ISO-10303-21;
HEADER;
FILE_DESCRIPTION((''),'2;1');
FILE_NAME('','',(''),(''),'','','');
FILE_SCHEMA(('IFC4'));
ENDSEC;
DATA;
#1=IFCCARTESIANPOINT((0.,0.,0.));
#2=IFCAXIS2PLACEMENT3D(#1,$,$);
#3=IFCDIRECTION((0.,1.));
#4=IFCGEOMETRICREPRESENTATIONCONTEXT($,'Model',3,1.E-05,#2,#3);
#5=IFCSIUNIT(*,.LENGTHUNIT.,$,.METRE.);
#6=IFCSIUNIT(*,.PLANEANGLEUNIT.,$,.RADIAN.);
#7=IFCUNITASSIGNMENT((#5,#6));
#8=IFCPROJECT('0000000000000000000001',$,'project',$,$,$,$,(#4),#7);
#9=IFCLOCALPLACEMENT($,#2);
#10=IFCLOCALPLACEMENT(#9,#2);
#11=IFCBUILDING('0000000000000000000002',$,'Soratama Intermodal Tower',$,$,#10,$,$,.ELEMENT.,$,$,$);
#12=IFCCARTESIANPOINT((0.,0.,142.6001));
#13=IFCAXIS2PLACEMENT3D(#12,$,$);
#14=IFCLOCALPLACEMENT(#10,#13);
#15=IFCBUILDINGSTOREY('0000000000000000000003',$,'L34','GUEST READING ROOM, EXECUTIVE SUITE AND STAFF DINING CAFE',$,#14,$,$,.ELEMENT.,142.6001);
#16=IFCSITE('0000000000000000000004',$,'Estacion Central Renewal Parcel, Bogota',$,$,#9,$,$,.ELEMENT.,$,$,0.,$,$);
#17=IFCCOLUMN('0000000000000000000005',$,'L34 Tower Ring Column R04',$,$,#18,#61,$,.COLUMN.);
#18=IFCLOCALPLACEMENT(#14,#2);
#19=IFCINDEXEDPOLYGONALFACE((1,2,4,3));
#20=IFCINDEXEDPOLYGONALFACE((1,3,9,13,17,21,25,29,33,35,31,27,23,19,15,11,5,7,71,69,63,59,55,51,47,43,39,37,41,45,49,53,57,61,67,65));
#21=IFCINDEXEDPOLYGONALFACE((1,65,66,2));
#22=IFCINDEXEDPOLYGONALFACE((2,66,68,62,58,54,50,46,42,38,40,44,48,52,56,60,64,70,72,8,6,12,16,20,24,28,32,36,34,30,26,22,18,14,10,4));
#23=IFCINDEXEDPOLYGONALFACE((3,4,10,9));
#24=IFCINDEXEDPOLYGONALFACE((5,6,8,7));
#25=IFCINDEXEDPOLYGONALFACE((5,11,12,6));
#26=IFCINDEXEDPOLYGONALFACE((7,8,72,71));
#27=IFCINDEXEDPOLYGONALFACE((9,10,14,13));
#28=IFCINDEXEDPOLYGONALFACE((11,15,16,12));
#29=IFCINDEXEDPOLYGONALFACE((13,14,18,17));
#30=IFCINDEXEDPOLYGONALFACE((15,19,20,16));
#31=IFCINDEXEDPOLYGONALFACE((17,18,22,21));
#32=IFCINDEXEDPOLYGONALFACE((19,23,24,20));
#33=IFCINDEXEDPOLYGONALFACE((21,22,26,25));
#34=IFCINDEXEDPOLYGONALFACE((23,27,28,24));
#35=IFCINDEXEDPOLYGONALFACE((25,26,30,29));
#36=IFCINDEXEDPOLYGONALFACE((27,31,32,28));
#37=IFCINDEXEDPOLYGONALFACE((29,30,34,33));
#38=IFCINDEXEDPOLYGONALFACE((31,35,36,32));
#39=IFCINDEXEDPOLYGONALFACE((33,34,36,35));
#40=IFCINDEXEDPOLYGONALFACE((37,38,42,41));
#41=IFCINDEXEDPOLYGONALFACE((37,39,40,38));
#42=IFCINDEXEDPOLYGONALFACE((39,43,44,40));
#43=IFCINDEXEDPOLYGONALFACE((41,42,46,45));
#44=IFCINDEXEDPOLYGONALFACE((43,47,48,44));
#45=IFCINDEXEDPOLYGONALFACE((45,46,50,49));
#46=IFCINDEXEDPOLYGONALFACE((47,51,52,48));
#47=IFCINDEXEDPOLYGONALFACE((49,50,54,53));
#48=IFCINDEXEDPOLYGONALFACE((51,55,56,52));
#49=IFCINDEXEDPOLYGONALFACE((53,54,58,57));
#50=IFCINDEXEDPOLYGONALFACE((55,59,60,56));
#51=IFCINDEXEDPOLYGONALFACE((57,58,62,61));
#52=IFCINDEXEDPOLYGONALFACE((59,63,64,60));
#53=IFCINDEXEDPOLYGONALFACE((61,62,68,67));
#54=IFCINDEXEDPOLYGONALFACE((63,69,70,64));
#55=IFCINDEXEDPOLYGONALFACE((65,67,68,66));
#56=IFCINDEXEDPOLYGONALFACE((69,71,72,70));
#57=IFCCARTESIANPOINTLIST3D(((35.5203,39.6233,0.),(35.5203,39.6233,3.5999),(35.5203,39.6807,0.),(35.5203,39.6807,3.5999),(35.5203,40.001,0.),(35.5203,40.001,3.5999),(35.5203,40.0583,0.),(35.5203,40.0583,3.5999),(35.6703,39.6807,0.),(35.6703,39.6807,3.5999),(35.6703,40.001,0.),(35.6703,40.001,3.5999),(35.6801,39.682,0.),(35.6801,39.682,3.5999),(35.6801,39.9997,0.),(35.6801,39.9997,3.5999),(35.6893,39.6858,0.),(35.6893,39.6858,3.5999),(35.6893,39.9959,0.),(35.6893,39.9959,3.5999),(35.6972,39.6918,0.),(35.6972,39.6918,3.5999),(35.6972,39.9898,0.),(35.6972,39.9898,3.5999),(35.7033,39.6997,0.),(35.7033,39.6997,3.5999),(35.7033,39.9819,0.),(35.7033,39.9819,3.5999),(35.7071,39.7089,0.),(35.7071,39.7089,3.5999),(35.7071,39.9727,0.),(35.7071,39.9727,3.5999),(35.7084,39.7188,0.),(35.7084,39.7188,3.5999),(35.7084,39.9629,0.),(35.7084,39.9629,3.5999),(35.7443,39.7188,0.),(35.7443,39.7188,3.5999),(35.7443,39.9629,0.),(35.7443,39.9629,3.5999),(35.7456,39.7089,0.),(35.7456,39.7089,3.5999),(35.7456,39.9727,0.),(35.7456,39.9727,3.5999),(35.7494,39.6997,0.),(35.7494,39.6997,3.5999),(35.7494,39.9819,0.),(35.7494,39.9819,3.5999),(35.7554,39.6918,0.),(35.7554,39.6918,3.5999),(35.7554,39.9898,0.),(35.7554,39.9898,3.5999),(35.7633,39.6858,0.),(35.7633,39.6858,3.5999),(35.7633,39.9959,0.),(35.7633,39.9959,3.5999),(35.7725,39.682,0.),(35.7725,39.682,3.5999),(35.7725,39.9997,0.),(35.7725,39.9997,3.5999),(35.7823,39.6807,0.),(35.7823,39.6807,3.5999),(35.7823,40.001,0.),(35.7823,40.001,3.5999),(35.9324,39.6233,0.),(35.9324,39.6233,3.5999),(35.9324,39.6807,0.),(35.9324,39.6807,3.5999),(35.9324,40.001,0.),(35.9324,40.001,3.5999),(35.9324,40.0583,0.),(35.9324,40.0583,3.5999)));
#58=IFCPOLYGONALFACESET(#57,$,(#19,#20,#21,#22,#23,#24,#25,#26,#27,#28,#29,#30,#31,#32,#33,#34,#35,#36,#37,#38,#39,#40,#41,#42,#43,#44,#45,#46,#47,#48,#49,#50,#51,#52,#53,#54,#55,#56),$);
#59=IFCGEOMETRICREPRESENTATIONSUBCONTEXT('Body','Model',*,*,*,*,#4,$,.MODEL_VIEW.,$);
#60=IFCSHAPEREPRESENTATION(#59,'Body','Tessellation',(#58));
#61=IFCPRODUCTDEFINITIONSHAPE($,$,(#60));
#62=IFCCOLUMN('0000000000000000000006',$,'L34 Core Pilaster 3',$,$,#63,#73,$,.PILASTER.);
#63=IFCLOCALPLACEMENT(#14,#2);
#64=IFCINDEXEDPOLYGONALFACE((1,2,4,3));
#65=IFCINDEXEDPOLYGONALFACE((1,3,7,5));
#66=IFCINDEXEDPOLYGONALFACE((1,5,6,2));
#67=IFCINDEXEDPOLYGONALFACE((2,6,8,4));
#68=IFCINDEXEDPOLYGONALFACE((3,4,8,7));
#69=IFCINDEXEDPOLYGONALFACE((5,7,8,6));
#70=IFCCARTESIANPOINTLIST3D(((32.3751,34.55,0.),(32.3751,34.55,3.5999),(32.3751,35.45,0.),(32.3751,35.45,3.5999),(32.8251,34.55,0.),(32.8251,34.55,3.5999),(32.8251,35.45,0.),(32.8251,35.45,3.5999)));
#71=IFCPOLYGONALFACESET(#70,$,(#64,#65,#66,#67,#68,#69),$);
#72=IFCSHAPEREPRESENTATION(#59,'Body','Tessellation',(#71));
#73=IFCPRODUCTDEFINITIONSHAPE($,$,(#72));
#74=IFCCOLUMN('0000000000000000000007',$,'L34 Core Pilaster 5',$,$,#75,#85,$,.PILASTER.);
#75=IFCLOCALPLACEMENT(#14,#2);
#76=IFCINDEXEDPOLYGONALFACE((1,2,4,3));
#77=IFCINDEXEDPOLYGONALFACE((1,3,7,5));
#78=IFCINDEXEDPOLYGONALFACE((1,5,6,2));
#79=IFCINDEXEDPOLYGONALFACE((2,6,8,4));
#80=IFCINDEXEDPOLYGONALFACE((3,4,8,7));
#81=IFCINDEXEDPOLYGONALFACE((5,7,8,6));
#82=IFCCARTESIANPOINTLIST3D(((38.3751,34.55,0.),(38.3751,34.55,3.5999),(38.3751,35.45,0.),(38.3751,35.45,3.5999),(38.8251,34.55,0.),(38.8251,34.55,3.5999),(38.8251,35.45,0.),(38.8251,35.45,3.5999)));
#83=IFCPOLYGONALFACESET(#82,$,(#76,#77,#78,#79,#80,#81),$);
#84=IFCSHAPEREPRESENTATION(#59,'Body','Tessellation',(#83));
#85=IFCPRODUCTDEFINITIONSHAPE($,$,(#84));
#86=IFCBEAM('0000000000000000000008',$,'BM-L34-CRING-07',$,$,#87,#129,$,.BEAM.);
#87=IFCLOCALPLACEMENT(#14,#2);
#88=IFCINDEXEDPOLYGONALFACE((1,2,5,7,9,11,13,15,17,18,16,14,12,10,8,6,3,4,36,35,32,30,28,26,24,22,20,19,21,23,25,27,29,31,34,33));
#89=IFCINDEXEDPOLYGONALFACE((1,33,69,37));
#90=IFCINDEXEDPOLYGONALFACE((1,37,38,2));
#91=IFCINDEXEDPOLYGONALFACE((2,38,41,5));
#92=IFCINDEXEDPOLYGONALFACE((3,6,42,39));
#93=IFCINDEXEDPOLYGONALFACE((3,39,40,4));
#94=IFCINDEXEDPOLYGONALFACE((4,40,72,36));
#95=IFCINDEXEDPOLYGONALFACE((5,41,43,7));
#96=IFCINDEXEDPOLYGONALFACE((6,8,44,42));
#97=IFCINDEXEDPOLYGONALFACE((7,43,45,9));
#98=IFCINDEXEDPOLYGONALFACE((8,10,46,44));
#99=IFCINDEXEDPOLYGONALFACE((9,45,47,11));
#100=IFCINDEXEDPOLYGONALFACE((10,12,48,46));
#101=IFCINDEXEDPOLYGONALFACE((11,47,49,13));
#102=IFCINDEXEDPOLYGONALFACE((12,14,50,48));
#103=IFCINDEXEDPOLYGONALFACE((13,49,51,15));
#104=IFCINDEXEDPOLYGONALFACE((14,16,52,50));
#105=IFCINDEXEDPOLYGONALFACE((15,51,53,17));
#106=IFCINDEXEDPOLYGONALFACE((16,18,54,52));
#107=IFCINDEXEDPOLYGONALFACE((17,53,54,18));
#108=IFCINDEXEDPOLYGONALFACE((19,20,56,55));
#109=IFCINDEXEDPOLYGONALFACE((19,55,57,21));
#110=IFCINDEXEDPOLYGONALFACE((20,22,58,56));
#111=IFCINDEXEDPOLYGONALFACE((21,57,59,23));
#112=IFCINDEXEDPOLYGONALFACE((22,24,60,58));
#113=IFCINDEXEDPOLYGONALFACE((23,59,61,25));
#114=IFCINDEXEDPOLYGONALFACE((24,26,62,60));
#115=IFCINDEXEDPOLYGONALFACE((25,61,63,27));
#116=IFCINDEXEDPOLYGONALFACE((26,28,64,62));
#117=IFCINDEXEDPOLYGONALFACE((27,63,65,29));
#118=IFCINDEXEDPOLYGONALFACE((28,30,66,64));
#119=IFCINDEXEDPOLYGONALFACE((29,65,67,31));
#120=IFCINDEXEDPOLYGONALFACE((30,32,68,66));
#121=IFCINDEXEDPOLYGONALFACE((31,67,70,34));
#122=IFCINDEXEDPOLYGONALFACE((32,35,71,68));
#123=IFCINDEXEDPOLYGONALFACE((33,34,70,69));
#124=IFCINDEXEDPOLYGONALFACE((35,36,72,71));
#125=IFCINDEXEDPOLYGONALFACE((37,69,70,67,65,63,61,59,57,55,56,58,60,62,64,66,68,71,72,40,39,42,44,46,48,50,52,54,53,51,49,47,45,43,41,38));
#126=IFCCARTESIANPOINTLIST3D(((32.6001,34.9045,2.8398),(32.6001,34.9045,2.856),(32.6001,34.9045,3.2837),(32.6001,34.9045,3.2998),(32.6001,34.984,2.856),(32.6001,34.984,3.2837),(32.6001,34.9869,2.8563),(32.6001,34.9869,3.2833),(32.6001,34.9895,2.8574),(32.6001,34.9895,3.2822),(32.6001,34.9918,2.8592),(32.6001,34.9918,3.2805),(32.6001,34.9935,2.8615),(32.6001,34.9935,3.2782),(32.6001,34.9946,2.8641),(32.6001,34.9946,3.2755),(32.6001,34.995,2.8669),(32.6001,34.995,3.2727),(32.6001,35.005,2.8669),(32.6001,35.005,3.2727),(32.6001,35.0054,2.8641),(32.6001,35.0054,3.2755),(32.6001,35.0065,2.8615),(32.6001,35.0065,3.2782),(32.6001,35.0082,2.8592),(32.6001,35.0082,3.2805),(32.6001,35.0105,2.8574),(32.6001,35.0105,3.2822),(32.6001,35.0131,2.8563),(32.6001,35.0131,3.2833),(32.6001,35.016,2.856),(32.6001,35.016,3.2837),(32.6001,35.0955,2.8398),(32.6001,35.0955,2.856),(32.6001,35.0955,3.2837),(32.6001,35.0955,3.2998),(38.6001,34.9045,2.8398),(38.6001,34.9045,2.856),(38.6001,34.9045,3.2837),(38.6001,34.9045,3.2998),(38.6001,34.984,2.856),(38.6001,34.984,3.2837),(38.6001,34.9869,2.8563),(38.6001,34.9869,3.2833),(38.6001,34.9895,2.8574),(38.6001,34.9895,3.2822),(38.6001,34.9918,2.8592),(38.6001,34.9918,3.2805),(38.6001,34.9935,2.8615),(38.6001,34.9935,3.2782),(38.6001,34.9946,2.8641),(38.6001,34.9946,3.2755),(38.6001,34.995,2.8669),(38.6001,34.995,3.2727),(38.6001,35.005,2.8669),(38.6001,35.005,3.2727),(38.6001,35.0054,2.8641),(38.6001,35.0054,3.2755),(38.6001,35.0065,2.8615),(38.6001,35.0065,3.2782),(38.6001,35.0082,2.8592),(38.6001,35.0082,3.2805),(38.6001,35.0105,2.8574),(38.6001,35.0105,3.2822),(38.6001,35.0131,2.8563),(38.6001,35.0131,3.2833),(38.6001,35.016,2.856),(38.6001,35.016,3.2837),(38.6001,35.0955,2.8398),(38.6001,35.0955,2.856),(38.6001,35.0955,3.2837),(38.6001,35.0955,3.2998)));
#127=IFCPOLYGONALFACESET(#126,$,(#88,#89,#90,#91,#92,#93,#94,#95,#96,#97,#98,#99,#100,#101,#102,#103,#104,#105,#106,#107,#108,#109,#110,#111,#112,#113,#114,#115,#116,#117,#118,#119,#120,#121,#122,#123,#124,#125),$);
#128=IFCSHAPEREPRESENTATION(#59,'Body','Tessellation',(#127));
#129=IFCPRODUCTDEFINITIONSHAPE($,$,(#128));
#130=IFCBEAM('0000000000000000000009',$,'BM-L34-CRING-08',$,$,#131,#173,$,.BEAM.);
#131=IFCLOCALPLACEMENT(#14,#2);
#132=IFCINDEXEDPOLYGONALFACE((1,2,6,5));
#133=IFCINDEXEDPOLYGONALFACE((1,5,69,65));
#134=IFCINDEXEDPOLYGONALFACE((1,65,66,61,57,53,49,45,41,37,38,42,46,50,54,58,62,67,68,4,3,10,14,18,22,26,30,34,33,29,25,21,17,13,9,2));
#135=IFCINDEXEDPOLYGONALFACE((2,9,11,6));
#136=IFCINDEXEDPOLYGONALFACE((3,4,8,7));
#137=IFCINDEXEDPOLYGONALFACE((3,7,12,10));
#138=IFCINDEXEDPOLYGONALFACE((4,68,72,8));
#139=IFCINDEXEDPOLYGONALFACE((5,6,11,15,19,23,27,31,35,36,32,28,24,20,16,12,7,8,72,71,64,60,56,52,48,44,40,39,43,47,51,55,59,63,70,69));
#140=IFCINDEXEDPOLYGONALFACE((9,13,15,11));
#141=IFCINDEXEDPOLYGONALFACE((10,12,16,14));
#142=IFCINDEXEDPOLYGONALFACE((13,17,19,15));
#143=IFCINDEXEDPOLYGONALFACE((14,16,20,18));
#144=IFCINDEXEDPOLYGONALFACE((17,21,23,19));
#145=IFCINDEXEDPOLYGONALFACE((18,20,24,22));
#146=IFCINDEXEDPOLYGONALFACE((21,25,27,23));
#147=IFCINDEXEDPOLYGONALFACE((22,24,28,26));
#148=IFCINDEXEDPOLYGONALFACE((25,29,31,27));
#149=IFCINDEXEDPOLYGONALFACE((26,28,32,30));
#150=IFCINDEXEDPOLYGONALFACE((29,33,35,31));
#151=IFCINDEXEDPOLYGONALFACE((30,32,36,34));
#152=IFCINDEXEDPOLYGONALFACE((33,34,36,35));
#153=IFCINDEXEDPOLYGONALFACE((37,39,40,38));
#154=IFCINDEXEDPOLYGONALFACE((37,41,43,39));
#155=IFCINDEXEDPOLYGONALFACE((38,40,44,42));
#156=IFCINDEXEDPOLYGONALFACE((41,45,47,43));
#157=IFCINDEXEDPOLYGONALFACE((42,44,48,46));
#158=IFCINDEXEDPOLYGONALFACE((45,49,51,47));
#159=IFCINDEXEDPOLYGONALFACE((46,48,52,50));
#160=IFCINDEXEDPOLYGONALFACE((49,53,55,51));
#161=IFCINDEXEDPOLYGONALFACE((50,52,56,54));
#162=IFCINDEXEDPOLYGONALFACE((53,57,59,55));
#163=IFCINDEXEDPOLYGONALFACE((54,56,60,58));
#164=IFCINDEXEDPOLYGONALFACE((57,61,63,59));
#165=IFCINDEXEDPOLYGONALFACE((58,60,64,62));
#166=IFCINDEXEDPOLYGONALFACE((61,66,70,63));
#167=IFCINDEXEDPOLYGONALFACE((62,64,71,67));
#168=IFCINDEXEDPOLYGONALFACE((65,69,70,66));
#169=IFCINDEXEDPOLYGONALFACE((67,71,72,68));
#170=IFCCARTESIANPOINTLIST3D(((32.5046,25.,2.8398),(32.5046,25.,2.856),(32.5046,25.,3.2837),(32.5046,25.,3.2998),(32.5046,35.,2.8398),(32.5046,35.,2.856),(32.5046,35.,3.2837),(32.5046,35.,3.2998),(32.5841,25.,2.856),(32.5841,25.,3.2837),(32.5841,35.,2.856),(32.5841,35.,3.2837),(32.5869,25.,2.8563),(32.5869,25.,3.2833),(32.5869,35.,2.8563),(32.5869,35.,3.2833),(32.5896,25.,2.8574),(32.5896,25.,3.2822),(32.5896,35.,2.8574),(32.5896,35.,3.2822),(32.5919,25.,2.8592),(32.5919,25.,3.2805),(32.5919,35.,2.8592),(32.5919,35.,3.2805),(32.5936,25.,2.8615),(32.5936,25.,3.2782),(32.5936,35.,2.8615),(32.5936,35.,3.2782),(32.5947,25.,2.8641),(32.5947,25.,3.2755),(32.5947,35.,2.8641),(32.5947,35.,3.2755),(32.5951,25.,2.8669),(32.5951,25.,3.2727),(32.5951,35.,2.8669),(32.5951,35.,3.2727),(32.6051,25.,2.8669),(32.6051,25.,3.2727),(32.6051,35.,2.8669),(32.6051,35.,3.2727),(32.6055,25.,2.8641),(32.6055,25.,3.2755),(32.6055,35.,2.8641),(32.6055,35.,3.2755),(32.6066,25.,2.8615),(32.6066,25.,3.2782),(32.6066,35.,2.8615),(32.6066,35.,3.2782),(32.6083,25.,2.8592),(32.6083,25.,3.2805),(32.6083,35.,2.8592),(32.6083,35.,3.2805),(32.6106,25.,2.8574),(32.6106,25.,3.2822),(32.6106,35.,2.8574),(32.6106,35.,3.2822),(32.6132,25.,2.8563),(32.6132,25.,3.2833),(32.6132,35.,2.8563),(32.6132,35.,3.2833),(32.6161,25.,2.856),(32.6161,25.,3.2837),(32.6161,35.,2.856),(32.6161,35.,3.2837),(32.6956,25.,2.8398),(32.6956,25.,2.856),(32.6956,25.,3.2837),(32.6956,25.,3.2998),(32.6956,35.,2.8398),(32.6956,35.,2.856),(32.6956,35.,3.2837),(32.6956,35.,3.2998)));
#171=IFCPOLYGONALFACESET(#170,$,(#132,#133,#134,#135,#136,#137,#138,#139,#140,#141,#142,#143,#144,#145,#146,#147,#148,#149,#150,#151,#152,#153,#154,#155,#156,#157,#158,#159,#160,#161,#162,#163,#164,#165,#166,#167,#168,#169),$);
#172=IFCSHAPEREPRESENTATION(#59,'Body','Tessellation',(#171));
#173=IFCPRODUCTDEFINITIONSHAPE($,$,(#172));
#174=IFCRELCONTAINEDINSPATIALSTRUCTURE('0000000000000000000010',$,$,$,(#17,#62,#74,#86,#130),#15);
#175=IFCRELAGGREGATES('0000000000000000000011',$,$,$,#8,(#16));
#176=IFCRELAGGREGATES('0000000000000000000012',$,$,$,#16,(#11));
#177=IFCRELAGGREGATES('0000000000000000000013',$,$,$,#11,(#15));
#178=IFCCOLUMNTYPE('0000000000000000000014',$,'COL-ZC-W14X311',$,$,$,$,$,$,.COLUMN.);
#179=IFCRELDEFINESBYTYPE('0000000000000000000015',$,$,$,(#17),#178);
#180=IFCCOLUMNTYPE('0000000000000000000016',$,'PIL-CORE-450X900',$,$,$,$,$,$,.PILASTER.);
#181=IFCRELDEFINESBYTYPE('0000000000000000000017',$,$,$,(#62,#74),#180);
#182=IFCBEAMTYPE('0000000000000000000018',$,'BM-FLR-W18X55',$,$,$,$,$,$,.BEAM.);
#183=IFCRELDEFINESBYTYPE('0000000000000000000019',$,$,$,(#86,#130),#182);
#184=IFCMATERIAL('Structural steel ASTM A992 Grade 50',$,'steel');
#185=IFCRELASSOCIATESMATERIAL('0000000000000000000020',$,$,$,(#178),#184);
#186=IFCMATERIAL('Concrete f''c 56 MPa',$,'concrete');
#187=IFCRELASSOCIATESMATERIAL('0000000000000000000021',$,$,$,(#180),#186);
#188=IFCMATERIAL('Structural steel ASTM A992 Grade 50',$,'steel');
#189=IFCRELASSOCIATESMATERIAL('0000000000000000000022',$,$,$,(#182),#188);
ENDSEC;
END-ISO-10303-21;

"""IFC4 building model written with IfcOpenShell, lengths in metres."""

from ifc_helpers import new_model, si_unit, direction, frame, origin, origin_2d, place, context, subcontext, project, spatial, rectangle, i_section, extrude, material, material_profile, profile_set, type_object, element, save


model = new_model("IFC4")

# Units and contexts
model_context = context("Model", 3, precision=1e-05, world=origin(), true_north=direction((0.0, 1.0)))
body_context = subcontext(model_context, "Body", "Model", "MODEL_VIEW")
ifc_project = project(units=[si_unit("LENGTHUNIT", "METRE"), si_unit("PLANEANGLEUNIT", "RADIAN")], contexts=[model_context])

# Site, building, storey
site_placement = place(None, origin())
site = spatial("IfcSite", under=ifc_project, at=site_placement, Name="Estacion Central Renewal Parcel, Bogota", CompositionType="ELEMENT", RefElevation=0.0)
building_placement = place(site_placement, origin())
building = spatial("IfcBuilding", under=site, at=building_placement, Name="Soratama Intermodal Tower", CompositionType="ELEMENT")
storey_placement = place(building_placement, frame((0.0, 0.0, 142.6001)))
storey = spatial("IfcBuildingStorey", under=building, at=storey_placement, Name="L34", Description="GUEST READING ROOM, EXECUTIVE SUITE AND STAFF DINING CAFE", CompositionType="ELEMENT", Elevation=142.6001)

# Columns
ifc_material_1 = material(Name="Structural steel ASTM A992 Grade 50", Category="steel")
ifc_material_profile_1 = material_profile(ifc_material_1, i_section(OverallWidth=0.4121, OverallDepth=0.4351, WebThickness=0.0359, FlangeThickness=0.0574, FilletRadius=0.0381, at=origin_2d()), Name="W14X311")
ifc_profile_set_1 = profile_set([ifc_material_profile_1], Name="Structural steel ASTM A992 Grade 50")
column_type_1 = type_object("IfcColumnType", Name="COL-ZC-W14X311", PredefinedType="COLUMN", material=ifc_profile_set_1)
column_placement = place(storey_placement, frame((35.7263, 39.8408, 0.0), z_axis=(0.0, 0.0, 1.0), x_axis=(1.0, 0.0, 0.0)))
element("IfcColumn", 1, at=column_placement, inside=storey, type_object=column_type_1, Name="L34 Tower Ring Column R04", PredefinedType="COLUMN", context=body_context, shape_type="SweptSolid", body=[
    extrude(i_section(OverallWidth=0.4121, OverallDepth=0.4351, WebThickness=0.0359, FlangeThickness=0.0574, FilletRadius=0.0381, at=origin_2d()), origin(), (0.0, 0.0, 1.0), 3.5999),
])
ifc_material_2 = material(Name="Concrete f'c 56 MPa", Category="concrete")
ifc_material_profile_2 = material_profile(ifc_material_2, rectangle(XDim=0.45, YDim=0.8999, at=origin_2d()), Name="RC450X900")
ifc_profile_set_2 = profile_set([ifc_material_profile_2], Name="Concrete f'c 56 MPa")
column_type_2 = type_object("IfcColumnType", Name="PIL-CORE-450X900", PredefinedType="PILASTER", material=ifc_profile_set_2)
for number, where, z_axis, x_axis, name in (
    (2, (32.6001, 35.0, 0.0), (0.0, 0.0, 1.0), (1.0, 0.0, 0.0), "L34 Core Pilaster 3"),
    (3, (38.6001, 35.0, 0.0), (0.0, 0.0, 1.0), (1.0, 0.0, 0.0), "L34 Core Pilaster 5"),
):
    element("IfcColumn", number, at=place(storey_placement, frame(where, z_axis=z_axis, x_axis=x_axis)), inside=storey, type_object=column_type_2, Name=name, PredefinedType="PILASTER", context=body_context, shape_type="SweptSolid", body=[
        extrude(rectangle(XDim=0.45, YDim=0.8999, at=origin_2d()), origin(), (0.0, 0.0, 1.0), 3.5999),
    ])

# Beams
ifc_material_3 = material(Name="Structural steel ASTM A992 Grade 50", Category="steel")
ifc_material_profile_3 = material_profile(ifc_material_3, i_section(OverallWidth=0.1909, OverallDepth=0.46, WebThickness=0.01, FlangeThickness=0.0161, FilletRadius=0.011, at=origin_2d()), Name="W18X55")
ifc_profile_set_3 = profile_set([ifc_material_profile_3], Name="Structural steel ASTM A992 Grade 50")
beam_type_1 = type_object("IfcBeamType", Name="BM-FLR-W18X55", PredefinedType="BEAM", material=ifc_profile_set_3)
beam_1_placement = place(storey_placement, frame((38.6001, 35.0, 3.0698), z_axis=(-1.0, 0.0, 0.0), x_axis=(0.0, -1.0, 0.0)))
element("IfcBeam", 4, at=beam_1_placement, inside=storey, type_object=beam_type_1, Name="BM-L34-CRING-07", PredefinedType="BEAM", context=body_context, shape_type="SweptSolid", body=[
    extrude(i_section(OverallWidth=0.1909, OverallDepth=0.46, WebThickness=0.01, FlangeThickness=0.0161, FilletRadius=0.011, at=origin_2d()), origin(), (0.0, 0.0, 1.0), 6.0),
])
beam_2_placement = place(storey_placement, frame((32.6001, 35.0, 3.0698), z_axis=(0.0, -1.0, 0.0), x_axis=(1.0, 0.0, 0.0)))
element("IfcBeam", 5, at=beam_2_placement, inside=storey, type_object=beam_type_1, Name="BM-L34-CRING-08", PredefinedType="BEAM", context=body_context, shape_type="SweptSolid", body=[
    extrude(i_section(OverallWidth=0.1909, OverallDepth=0.46, WebThickness=0.01, FlangeThickness=0.0161, FilletRadius=0.011, at=origin_2d()), origin(), (0.0, 0.0, 1.0), 10.0),
])

save(model, "model.ifc")
